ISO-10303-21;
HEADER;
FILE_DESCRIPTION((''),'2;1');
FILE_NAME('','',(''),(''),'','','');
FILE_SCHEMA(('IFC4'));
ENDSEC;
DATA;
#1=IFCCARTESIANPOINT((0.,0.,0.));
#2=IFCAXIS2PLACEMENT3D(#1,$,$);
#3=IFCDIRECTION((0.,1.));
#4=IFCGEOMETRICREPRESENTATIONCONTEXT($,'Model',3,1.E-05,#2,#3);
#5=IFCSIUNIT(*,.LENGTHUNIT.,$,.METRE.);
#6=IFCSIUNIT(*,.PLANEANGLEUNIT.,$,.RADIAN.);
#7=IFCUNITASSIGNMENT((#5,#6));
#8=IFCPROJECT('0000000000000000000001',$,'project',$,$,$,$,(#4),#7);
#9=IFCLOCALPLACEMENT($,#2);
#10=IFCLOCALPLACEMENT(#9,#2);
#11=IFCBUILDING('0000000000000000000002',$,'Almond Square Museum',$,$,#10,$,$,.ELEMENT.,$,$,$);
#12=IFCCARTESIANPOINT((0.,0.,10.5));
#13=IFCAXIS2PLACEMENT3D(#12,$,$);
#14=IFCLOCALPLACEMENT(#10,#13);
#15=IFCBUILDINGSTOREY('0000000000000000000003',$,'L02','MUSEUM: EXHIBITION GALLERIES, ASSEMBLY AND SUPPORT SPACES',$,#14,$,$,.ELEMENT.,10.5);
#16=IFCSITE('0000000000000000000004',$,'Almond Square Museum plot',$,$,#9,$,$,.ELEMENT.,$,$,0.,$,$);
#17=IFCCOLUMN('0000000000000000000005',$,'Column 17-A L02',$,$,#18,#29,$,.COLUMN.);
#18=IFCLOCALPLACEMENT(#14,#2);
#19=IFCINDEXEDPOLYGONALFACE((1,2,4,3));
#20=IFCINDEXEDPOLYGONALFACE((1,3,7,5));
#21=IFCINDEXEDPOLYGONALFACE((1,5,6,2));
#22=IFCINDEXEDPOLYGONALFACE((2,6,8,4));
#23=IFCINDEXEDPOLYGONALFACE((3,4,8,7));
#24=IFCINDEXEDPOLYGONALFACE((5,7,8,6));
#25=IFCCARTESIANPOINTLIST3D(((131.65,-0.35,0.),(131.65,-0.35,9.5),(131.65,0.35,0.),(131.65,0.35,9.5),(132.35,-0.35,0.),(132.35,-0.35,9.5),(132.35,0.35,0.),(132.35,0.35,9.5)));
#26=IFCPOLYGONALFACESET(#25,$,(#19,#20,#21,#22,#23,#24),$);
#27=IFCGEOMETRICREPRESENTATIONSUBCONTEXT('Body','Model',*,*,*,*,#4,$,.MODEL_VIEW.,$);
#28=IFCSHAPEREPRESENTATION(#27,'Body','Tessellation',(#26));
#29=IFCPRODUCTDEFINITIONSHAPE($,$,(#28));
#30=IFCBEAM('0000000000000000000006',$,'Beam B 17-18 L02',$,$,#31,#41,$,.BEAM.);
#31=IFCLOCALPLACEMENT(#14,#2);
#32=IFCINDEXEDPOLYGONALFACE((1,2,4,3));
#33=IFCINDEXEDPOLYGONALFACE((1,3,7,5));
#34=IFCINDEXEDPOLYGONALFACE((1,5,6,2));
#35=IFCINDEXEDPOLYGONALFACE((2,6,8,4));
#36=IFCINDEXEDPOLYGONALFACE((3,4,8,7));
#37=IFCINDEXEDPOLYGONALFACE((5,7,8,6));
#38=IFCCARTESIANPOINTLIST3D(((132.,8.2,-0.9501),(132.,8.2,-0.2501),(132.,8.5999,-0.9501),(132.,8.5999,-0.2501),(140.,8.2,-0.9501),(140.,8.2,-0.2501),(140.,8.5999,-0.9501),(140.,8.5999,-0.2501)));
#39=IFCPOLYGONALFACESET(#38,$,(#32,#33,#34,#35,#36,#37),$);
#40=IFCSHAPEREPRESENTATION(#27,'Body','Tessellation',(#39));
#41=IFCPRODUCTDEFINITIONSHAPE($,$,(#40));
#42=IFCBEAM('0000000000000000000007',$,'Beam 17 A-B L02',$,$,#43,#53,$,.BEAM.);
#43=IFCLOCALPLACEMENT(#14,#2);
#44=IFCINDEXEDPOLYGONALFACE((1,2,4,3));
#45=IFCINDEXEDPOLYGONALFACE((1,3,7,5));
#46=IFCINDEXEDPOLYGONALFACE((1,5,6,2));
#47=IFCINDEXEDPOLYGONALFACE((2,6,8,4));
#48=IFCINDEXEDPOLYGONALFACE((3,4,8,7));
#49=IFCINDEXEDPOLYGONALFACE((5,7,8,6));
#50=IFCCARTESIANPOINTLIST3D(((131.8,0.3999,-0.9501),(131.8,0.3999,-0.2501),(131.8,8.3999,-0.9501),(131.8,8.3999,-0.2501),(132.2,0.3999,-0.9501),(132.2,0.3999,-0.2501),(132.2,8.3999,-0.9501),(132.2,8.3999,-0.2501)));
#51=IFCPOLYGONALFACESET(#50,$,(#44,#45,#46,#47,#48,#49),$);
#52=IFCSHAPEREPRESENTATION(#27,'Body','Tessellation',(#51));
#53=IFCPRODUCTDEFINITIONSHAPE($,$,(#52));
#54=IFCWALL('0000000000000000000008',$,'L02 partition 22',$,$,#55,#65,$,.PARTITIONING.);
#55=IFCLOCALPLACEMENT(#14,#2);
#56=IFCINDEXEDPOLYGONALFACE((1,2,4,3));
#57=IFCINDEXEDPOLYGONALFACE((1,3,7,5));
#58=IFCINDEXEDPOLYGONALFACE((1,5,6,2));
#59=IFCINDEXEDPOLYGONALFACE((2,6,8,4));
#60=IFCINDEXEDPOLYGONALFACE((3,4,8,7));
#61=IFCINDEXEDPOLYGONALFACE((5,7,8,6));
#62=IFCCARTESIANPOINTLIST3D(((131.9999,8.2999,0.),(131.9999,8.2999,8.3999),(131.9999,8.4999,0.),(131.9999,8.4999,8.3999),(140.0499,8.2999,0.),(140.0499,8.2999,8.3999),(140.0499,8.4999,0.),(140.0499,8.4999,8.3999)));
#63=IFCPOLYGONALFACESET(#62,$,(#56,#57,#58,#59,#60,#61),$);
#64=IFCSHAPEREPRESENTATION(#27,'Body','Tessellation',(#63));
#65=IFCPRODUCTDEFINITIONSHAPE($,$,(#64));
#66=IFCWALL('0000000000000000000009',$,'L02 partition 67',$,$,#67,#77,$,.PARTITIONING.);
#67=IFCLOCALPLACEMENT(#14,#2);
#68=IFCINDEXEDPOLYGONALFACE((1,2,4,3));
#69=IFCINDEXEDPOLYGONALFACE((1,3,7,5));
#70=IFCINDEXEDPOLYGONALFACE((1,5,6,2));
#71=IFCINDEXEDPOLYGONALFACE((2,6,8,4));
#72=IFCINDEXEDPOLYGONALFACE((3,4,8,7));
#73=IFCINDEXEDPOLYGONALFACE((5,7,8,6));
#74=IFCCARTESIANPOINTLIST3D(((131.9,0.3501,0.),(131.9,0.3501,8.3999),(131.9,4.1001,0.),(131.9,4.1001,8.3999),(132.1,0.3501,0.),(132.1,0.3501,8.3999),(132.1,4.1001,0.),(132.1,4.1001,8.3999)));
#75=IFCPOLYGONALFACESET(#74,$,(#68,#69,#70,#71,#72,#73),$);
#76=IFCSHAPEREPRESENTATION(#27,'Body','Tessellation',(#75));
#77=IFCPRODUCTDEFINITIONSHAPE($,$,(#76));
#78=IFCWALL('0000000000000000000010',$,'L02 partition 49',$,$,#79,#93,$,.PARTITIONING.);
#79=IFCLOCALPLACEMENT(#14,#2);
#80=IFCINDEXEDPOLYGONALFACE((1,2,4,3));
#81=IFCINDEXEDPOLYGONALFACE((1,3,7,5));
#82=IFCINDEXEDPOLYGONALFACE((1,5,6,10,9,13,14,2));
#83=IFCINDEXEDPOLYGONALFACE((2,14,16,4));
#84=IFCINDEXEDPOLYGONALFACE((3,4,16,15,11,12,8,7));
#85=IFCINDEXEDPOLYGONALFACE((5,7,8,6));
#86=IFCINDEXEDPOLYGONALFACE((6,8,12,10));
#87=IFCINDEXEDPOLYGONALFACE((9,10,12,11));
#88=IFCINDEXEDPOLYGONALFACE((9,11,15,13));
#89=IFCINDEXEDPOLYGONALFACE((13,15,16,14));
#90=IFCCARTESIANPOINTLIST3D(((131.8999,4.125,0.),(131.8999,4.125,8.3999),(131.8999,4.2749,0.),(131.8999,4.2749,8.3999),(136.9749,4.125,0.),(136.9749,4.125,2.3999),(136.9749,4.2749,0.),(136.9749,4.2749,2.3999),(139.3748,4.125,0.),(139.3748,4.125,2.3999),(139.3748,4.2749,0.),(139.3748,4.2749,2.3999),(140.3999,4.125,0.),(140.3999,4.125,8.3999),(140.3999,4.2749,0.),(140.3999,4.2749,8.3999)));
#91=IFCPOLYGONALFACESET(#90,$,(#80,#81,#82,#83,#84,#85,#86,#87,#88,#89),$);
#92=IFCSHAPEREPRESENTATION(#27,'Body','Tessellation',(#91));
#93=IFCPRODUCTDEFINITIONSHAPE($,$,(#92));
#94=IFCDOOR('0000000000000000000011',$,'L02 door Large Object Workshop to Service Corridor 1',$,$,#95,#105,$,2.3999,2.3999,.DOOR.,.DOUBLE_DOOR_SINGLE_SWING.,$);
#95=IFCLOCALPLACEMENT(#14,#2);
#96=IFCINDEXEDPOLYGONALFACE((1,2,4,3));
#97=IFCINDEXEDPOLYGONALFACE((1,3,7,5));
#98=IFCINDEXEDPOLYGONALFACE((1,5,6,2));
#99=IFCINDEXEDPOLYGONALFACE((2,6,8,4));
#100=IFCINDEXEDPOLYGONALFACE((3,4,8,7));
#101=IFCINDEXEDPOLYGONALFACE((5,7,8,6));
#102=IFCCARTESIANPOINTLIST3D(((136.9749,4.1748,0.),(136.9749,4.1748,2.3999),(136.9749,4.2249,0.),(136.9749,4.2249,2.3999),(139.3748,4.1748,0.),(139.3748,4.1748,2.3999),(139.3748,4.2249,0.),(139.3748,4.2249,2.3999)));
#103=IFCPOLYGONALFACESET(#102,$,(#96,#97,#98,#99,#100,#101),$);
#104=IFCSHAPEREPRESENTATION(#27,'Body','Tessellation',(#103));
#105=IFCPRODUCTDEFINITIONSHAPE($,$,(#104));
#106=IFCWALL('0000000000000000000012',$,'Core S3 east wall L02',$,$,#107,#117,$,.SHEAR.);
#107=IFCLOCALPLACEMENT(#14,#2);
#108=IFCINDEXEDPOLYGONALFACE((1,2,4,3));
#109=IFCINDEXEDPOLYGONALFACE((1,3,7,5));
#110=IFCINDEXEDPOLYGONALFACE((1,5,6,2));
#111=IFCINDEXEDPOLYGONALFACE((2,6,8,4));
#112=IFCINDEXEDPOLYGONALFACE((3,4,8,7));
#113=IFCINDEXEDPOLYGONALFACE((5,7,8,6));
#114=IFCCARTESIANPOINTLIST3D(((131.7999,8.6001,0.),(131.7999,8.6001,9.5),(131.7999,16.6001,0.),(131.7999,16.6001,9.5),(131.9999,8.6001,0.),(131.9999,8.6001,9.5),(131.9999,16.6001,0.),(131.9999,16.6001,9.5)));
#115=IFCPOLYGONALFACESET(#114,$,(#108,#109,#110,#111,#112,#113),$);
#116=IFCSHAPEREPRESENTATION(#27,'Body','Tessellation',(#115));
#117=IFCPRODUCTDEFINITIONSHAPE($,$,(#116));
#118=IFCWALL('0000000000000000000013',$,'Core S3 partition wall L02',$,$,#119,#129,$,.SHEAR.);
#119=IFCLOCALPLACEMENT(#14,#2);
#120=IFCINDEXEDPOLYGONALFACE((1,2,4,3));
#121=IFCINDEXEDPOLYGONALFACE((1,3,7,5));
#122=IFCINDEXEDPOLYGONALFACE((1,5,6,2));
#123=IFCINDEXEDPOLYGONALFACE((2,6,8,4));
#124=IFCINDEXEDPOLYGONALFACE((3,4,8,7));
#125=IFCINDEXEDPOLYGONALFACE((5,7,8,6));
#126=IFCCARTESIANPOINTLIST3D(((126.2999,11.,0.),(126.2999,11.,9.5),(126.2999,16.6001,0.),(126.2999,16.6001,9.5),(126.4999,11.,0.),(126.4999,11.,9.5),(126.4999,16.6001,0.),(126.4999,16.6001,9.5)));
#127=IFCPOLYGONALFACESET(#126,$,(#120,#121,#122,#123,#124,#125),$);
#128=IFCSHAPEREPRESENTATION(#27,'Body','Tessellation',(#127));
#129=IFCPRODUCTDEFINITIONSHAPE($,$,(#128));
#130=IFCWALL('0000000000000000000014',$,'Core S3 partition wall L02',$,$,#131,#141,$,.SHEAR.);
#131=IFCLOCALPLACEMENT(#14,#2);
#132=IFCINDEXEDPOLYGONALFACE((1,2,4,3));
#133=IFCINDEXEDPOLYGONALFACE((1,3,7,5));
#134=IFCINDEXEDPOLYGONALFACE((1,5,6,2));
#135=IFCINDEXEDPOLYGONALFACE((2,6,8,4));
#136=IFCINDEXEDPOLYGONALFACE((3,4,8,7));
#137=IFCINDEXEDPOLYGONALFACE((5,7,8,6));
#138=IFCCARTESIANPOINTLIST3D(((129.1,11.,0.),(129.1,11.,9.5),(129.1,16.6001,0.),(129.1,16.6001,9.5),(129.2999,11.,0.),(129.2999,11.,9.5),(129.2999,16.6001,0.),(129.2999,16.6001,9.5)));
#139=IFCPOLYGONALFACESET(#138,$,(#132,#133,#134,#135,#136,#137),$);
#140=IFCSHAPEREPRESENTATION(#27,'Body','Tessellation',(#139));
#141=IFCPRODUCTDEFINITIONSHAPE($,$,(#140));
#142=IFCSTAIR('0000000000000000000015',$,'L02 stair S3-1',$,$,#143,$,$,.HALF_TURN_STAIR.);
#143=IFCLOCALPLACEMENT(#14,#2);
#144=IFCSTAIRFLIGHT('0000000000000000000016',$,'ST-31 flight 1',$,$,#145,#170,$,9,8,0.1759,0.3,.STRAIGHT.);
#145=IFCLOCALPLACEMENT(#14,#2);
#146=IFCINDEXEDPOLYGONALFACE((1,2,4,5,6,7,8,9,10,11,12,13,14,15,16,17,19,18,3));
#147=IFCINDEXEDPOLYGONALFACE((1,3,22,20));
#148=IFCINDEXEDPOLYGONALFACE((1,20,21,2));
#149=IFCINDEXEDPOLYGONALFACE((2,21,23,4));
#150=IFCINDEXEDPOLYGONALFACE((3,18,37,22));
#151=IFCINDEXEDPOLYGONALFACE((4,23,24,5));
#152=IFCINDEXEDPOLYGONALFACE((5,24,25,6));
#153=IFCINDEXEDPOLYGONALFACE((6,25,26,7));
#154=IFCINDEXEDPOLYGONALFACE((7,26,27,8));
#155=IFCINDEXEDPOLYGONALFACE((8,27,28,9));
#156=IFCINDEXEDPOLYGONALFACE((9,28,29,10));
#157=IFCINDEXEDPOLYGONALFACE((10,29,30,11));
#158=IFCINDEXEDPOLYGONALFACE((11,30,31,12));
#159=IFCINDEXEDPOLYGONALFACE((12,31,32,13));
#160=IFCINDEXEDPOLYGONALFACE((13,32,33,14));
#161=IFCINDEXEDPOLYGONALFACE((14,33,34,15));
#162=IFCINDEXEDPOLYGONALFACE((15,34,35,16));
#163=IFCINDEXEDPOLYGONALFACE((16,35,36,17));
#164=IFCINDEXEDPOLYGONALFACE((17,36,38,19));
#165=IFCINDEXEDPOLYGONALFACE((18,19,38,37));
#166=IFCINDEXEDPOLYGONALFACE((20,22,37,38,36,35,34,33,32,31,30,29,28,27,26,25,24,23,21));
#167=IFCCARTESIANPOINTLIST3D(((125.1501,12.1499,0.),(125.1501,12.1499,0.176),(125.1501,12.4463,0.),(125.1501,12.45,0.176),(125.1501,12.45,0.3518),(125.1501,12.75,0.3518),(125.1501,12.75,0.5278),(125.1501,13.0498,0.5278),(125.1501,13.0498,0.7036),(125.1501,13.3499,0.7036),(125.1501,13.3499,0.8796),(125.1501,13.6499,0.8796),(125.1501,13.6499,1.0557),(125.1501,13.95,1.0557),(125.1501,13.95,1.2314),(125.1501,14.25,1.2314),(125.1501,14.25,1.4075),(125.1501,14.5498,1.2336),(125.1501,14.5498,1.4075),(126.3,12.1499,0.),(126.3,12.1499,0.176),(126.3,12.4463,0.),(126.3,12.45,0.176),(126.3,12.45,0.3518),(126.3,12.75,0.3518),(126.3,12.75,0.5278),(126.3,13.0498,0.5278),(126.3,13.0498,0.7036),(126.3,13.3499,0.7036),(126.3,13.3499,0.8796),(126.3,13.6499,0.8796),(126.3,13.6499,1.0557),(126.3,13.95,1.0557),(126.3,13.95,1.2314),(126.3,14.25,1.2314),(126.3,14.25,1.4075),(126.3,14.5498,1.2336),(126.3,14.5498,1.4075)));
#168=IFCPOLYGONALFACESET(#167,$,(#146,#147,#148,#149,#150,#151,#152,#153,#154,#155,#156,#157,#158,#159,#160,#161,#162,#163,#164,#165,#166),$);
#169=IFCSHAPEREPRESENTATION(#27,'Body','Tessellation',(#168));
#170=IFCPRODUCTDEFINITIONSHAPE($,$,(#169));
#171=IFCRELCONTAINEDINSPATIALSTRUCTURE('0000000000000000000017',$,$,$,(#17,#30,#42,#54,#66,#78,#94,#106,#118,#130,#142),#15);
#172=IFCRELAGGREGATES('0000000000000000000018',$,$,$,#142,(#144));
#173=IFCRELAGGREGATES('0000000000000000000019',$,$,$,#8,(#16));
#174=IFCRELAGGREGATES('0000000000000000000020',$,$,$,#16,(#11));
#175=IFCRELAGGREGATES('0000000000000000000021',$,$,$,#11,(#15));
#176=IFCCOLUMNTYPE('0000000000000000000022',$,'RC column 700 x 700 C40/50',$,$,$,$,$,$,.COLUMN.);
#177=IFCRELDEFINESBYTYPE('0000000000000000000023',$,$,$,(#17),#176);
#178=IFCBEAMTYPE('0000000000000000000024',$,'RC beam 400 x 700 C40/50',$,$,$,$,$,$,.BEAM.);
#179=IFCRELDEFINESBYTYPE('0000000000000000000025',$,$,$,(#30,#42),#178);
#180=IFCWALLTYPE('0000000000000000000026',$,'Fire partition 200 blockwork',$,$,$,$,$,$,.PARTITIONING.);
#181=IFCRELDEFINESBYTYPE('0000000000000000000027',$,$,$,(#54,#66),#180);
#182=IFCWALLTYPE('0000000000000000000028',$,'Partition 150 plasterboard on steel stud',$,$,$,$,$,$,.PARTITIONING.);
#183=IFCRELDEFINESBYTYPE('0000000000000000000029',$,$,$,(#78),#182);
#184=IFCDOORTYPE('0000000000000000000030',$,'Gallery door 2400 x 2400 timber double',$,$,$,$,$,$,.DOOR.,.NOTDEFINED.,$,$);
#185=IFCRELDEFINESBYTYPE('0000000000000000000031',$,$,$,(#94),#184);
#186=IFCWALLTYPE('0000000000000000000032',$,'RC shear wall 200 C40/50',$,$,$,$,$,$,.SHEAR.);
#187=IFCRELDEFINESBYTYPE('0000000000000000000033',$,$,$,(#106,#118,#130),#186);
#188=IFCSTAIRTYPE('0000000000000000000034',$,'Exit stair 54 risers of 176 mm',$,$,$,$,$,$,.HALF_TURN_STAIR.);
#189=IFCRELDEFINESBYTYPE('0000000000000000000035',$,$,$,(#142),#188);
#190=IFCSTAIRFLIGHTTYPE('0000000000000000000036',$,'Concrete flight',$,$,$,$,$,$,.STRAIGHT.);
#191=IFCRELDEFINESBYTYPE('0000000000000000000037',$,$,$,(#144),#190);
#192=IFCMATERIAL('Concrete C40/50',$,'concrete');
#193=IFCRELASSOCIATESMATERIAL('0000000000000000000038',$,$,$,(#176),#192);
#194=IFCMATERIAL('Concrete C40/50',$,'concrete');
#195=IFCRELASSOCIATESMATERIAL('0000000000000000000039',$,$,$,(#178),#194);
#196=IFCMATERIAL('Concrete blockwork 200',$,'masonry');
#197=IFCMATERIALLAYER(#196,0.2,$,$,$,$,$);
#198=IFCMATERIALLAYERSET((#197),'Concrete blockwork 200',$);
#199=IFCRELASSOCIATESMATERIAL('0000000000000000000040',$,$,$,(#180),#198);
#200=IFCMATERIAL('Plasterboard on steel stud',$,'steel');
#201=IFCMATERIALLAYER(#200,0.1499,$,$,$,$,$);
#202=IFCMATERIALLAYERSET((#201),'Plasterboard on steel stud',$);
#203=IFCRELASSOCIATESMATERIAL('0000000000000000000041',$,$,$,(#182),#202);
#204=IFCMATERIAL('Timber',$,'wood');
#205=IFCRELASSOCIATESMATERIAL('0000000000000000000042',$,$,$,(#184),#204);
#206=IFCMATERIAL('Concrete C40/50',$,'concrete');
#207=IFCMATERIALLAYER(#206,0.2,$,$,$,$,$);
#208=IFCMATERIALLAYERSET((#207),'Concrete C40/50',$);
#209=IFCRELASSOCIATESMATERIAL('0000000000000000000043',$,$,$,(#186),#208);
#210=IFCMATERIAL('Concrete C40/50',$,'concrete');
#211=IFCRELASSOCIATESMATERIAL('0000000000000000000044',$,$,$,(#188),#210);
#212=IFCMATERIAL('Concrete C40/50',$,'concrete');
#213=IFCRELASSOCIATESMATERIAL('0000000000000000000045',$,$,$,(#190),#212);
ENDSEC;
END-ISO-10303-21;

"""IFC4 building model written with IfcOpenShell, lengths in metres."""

from ifc_helpers import new_model, si_unit, direction, frame, frame_2d, origin, origin_2d, place, context, subcontext, project, spatial, polyline, rectangle, outline, extrude, material, layer, layer_set, material_profile, profile_set, type_object, element, fill, aggregate, save


model = new_model("IFC4")

# Units and contexts
model_context = context("Model", 3, precision=1e-05, world=origin(), true_north=direction((0.0, 1.0)))
body_context = subcontext(model_context, "Body", "Model", "MODEL_VIEW")
ifc_project = project(units=[si_unit("LENGTHUNIT", "METRE"), si_unit("PLANEANGLEUNIT", "RADIAN")], contexts=[model_context])

# Site, building, storey
site_placement = place(None, origin())
site = spatial("IfcSite", under=ifc_project, at=site_placement, Name="Almond Square Museum plot", CompositionType="ELEMENT", RefElevation=0.0)
building_placement = place(site_placement, origin())
building = spatial("IfcBuilding", under=site, at=building_placement, Name="Almond Square Museum", CompositionType="ELEMENT")
storey_placement = place(building_placement, frame((0.0, 0.0, 10.5)))
storey = spatial("IfcBuildingStorey", under=building, at=storey_placement, Name="L02", Description="MUSEUM: EXHIBITION GALLERIES, ASSEMBLY AND SUPPORT SPACES", CompositionType="ELEMENT", Elevation=10.5)

# Column
ifc_material_1 = material(Name="Concrete C40/50", Category="concrete")
ifc_material_profile_1 = material_profile(ifc_material_1, rectangle(XDim=0.7, YDim=0.7, at=origin_2d()))
ifc_profile_set_1 = profile_set([ifc_material_profile_1], Name="Concrete C40/50")
column_type = type_object("IfcColumnType", Name="RC column 700 x 700 C40/50", PredefinedType="COLUMN", material=ifc_profile_set_1)
column_placement = place(storey_placement, frame((132.0, 0.0, 0.0), z_axis=(0.0, 0.0, 1.0), x_axis=(1.0, 0.0, 0.0)))
element("IfcColumn", 1, at=column_placement, inside=storey, type_object=column_type, Name="Column 17-A L02", PredefinedType="COLUMN", context=body_context, shape_type="SweptSolid", body=[
    extrude(rectangle(XDim=0.7, YDim=0.7, at=origin_2d()), origin(), (0.0, 0.0, 1.0), 9.5),
])

# Beams
ifc_material_2 = material(Name="Concrete C40/50", Category="concrete")
ifc_material_profile_2 = material_profile(ifc_material_2, rectangle(XDim=0.3999, YDim=0.7, at=origin_2d()))
ifc_profile_set_2 = profile_set([ifc_material_profile_2], Name="Concrete C40/50")
beam_type = type_object("IfcBeamType", Name="RC beam 400 x 700 C40/50", PredefinedType="BEAM", material=ifc_profile_set_2)
for number, where, z_axis, x_axis, name in (
    (2, (132.0, 8.3999, -0.6001), (1.0, 0.0, 0.0), (0.0, 1.0, 0.0), "Beam B 17-18 L02"),
    (3, (132.0, 0.3999, -0.6001), (0.0, 1.0, 0.0), (-1.0, 0.0, 0.0), "Beam 17 A-B L02"),
):
    element("IfcBeam", number, at=place(storey_placement, frame(where, z_axis=z_axis, x_axis=x_axis)), inside=storey, type_object=beam_type, Name=name, PredefinedType="BEAM", context=body_context, shape_type="SweptSolid", body=[
        extrude(rectangle(XDim=0.3999, YDim=0.7, at=origin_2d()), origin(), (0.0, 0.0, 1.0), 8.0),
    ])

# Walls
ifc_material_3 = material(Name="Concrete blockwork 200", Category="masonry")
ifc_layer_1 = layer(ifc_material_3, 0.2)
ifc_layer_set_1 = layer_set([ifc_layer_1], Name="Concrete blockwork 200")
wall_type_1 = type_object("IfcWallType", Name="Fire partition 200 blockwork", PredefinedType="PARTITIONING", material=ifc_layer_set_1)
wall_1_placement = place(storey_placement, frame((132.0, 8.3999, 0.0), z_axis=(0.0, 0.0, 1.0), x_axis=(1.0, 0.0, 0.0)))
element("IfcWall", 4, at=wall_1_placement, inside=storey, type_object=wall_type_1, Name="L02 partition 22", PredefinedType="PARTITIONING", context=body_context, shape_type="SweptSolid", body=[
    extrude(rectangle(XDim=8.05, YDim=0.2, at=frame_2d((4.0249, 0.0))), origin(), (0.0, 0.0, 1.0), 8.3999),
])
wall_2_placement = place(storey_placement, frame((132.0, 0.3501, 0.0), z_axis=(0.0, 0.0, 1.0), x_axis=(0.0, 1.0, 0.0)))
element("IfcWall", 5, at=wall_2_placement, inside=storey, type_object=wall_type_1, Name="L02 partition 67", PredefinedType="PARTITIONING", context=body_context, shape_type="SweptSolid", body=[
    extrude(rectangle(XDim=3.75, YDim=0.2, at=frame_2d((1.875, 0.0))), origin(), (0.0, 0.0, 1.0), 8.3999),
])

# Wall, opening, door
ifc_material_4 = material(Name="Plasterboard on steel stud", Category="steel")
ifc_layer_2 = layer(ifc_material_4, 0.1499)
ifc_layer_set_2 = layer_set([ifc_layer_2], Name="Plasterboard on steel stud")
wall_type_2 = type_object("IfcWallType", Name="Partition 150 plasterboard on steel stud", PredefinedType="PARTITIONING", material=ifc_layer_set_2)
wall_3_placement = place(storey_placement, frame((131.8999, 4.2, 0.0), z_axis=(0.0, 0.0, 1.0), x_axis=(1.0, 0.0, 0.0)))
wall_3 = element("IfcWall", 6, at=wall_3_placement, inside=storey, type_object=wall_type_2, Name="L02 partition 49", PredefinedType="PARTITIONING", context=body_context, shape_type="SweptSolid", body=[
    extrude(rectangle(XDim=8.5, YDim=0.1499, at=frame_2d((4.25, 0.0))), origin(), (0.0, 0.0, 1.0), 8.3999),
])
opening_placement = place(wall_3_placement, frame((5.075, 0.0, 0.0)))
opening = element("IfcOpeningElement", 7, at=opening_placement, cuts=wall_3, PredefinedType="OPENING", context=body_context, shape_type="SweptSolid", body=[
    extrude(rectangle(XDim=2.3999, YDim=2.3999, at=frame_2d((1.2, 1.2))), frame((0.0, 0.085, 0.0), z_axis=(0.0, -1.0, 0.0), x_axis=(1.0, 0.0, 0.0)), (0.0, 0.0, 1.0), 0.1699),
])
ifc_material_5 = material(Name="Timber", Category="wood")
door_type = type_object("IfcDoorType", Name="Gallery door 2400 x 2400 timber double", OperationType="NOTDEFINED", PredefinedType="DOOR", material=ifc_material_5)
door_placement = place(opening_placement, origin())
door = element("IfcDoor", 8, at=door_placement, inside=storey, type_object=door_type, Name="L02 door Large Object Workshop to Service Corridor 1", OperationType="DOUBLE_DOOR_SINGLE_SWING", OverallHeight=2.3999, OverallWidth=2.3999, PredefinedType="DOOR", context=body_context, shape_type="SweptSolid", body=[
    extrude(rectangle(XDim=2.3999, YDim=2.3999, at=frame_2d((1.2, 1.2))), frame((0.0, 0.0249, 0.0), z_axis=(0.0, -1.0, 0.0), x_axis=(1.0, 0.0, 0.0)), (0.0, 0.0, 1.0), 0.05),
])
fill(opening, door)

# Walls
ifc_material_6 = material(Name="Concrete C40/50", Category="concrete")
ifc_layer_3 = layer(ifc_material_6, 0.2)
ifc_layer_set_3 = layer_set([ifc_layer_3], Name="Concrete C40/50")
wall_type_3 = type_object("IfcWallType", Name="RC shear wall 200 C40/50", PredefinedType="SHEAR", material=ifc_layer_set_3)
wall_4_placement = place(storey_placement, frame((131.8999, 8.6001, 0.0), z_axis=(0.0, 0.0, 1.0), x_axis=(0.0, 1.0, 0.0)))
element("IfcWall", 9, at=wall_4_placement, inside=storey, type_object=wall_type_3, Name="Core S3 east wall L02", PredefinedType="SHEAR", context=body_context, shape_type="SweptSolid", body=[
    extrude(rectangle(XDim=8.0, YDim=0.2, at=frame_2d((4.0, 0.0))), origin(), (0.0, 0.0, 1.0), 9.5),
])
for number, where, z_axis, x_axis, name in (
    (10, (126.3999, 11.0, 0.0), (0.0, 0.0, 1.0), (0.0, 1.0, 0.0), "Core S3 partition wall L02"),
    (11, (129.2, 11.0, 0.0), (0.0, 0.0, 1.0), (0.0, 1.0, 0.0), "Core S3 partition wall L02"),
):
    element("IfcWall", number, at=place(storey_placement, frame(where, z_axis=z_axis, x_axis=x_axis)), inside=storey, type_object=wall_type_3, Name=name, PredefinedType="SHEAR", context=body_context, shape_type="SweptSolid", body=[
        extrude(rectangle(XDim=5.6001, YDim=0.2, at=frame_2d((2.8, 0.0))), origin(), (0.0, 0.0, 1.0), 9.5),
    ])

# Stair, stair flight
ifc_material_7 = material(Name="Concrete C40/50", Category="concrete")
stair_type = type_object("IfcStairType", Name="Exit stair 54 risers of 176 mm", PredefinedType="HALF_TURN_STAIR", material=ifc_material_7)
stair_1_placement = place(storey_placement, origin())
stair_1 = element("IfcStair", 12, at=stair_1_placement, inside=storey, type_object=stair_type, Name="L02 stair S3-1", PredefinedType="HALF_TURN_STAIR")
ifc_material_8 = material(Name="Concrete C40/50", Category="concrete")
stair_flight_type = type_object("IfcStairFlightType", Name="Concrete flight", PredefinedType="STRAIGHT", material=ifc_material_8)
stair_flight_1_placement = place(storey_placement, frame((125.7251, 12.1499, 0.0), z_axis=(0.0, 0.0, 1.0), x_axis=(0.0, 1.0, 0.0)))
stair_flight_1 = element("IfcStairFlight", 13, at=stair_flight_1_placement, type_object=stair_flight_type, Name="ST-31 flight 1", NumberOfRisers=9, NumberOfTreads=8, PredefinedType="STRAIGHT", RiserHeight=0.1759, TreadLength=0.3, context=body_context, shape_type="SweptSolid", body=[
    extrude(outline(polyline([(0.0, 0.0), (0.0, 0.176), (0.3, 0.176), (0.3, 0.3518), (0.6001, 0.3518), (0.6001, 0.5278), (0.8999, 0.5278), (0.8999, 0.7036), (1.2, 0.7036), (1.2, 0.8796), (1.5, 0.8796), (1.5, 1.0557), (1.8, 1.0557), (1.8, 1.2314), (2.1001, 1.2314), (2.1001, 1.4075), (2.3999, 1.4075), (2.3999, 1.5833), (2.3999, 1.2336), (0.2964, 0.0), (0.0, 0.0)])), frame((0.0, 0.575, 0.0), z_axis=(0.0, -1.0, 0.0), x_axis=(1.0, 0.0, 0.0)), (0.0, 0.0, 1.0), 1.1499),
])
aggregate(stair_1, [stair_flight_1])

save(model, "model.ifc")
